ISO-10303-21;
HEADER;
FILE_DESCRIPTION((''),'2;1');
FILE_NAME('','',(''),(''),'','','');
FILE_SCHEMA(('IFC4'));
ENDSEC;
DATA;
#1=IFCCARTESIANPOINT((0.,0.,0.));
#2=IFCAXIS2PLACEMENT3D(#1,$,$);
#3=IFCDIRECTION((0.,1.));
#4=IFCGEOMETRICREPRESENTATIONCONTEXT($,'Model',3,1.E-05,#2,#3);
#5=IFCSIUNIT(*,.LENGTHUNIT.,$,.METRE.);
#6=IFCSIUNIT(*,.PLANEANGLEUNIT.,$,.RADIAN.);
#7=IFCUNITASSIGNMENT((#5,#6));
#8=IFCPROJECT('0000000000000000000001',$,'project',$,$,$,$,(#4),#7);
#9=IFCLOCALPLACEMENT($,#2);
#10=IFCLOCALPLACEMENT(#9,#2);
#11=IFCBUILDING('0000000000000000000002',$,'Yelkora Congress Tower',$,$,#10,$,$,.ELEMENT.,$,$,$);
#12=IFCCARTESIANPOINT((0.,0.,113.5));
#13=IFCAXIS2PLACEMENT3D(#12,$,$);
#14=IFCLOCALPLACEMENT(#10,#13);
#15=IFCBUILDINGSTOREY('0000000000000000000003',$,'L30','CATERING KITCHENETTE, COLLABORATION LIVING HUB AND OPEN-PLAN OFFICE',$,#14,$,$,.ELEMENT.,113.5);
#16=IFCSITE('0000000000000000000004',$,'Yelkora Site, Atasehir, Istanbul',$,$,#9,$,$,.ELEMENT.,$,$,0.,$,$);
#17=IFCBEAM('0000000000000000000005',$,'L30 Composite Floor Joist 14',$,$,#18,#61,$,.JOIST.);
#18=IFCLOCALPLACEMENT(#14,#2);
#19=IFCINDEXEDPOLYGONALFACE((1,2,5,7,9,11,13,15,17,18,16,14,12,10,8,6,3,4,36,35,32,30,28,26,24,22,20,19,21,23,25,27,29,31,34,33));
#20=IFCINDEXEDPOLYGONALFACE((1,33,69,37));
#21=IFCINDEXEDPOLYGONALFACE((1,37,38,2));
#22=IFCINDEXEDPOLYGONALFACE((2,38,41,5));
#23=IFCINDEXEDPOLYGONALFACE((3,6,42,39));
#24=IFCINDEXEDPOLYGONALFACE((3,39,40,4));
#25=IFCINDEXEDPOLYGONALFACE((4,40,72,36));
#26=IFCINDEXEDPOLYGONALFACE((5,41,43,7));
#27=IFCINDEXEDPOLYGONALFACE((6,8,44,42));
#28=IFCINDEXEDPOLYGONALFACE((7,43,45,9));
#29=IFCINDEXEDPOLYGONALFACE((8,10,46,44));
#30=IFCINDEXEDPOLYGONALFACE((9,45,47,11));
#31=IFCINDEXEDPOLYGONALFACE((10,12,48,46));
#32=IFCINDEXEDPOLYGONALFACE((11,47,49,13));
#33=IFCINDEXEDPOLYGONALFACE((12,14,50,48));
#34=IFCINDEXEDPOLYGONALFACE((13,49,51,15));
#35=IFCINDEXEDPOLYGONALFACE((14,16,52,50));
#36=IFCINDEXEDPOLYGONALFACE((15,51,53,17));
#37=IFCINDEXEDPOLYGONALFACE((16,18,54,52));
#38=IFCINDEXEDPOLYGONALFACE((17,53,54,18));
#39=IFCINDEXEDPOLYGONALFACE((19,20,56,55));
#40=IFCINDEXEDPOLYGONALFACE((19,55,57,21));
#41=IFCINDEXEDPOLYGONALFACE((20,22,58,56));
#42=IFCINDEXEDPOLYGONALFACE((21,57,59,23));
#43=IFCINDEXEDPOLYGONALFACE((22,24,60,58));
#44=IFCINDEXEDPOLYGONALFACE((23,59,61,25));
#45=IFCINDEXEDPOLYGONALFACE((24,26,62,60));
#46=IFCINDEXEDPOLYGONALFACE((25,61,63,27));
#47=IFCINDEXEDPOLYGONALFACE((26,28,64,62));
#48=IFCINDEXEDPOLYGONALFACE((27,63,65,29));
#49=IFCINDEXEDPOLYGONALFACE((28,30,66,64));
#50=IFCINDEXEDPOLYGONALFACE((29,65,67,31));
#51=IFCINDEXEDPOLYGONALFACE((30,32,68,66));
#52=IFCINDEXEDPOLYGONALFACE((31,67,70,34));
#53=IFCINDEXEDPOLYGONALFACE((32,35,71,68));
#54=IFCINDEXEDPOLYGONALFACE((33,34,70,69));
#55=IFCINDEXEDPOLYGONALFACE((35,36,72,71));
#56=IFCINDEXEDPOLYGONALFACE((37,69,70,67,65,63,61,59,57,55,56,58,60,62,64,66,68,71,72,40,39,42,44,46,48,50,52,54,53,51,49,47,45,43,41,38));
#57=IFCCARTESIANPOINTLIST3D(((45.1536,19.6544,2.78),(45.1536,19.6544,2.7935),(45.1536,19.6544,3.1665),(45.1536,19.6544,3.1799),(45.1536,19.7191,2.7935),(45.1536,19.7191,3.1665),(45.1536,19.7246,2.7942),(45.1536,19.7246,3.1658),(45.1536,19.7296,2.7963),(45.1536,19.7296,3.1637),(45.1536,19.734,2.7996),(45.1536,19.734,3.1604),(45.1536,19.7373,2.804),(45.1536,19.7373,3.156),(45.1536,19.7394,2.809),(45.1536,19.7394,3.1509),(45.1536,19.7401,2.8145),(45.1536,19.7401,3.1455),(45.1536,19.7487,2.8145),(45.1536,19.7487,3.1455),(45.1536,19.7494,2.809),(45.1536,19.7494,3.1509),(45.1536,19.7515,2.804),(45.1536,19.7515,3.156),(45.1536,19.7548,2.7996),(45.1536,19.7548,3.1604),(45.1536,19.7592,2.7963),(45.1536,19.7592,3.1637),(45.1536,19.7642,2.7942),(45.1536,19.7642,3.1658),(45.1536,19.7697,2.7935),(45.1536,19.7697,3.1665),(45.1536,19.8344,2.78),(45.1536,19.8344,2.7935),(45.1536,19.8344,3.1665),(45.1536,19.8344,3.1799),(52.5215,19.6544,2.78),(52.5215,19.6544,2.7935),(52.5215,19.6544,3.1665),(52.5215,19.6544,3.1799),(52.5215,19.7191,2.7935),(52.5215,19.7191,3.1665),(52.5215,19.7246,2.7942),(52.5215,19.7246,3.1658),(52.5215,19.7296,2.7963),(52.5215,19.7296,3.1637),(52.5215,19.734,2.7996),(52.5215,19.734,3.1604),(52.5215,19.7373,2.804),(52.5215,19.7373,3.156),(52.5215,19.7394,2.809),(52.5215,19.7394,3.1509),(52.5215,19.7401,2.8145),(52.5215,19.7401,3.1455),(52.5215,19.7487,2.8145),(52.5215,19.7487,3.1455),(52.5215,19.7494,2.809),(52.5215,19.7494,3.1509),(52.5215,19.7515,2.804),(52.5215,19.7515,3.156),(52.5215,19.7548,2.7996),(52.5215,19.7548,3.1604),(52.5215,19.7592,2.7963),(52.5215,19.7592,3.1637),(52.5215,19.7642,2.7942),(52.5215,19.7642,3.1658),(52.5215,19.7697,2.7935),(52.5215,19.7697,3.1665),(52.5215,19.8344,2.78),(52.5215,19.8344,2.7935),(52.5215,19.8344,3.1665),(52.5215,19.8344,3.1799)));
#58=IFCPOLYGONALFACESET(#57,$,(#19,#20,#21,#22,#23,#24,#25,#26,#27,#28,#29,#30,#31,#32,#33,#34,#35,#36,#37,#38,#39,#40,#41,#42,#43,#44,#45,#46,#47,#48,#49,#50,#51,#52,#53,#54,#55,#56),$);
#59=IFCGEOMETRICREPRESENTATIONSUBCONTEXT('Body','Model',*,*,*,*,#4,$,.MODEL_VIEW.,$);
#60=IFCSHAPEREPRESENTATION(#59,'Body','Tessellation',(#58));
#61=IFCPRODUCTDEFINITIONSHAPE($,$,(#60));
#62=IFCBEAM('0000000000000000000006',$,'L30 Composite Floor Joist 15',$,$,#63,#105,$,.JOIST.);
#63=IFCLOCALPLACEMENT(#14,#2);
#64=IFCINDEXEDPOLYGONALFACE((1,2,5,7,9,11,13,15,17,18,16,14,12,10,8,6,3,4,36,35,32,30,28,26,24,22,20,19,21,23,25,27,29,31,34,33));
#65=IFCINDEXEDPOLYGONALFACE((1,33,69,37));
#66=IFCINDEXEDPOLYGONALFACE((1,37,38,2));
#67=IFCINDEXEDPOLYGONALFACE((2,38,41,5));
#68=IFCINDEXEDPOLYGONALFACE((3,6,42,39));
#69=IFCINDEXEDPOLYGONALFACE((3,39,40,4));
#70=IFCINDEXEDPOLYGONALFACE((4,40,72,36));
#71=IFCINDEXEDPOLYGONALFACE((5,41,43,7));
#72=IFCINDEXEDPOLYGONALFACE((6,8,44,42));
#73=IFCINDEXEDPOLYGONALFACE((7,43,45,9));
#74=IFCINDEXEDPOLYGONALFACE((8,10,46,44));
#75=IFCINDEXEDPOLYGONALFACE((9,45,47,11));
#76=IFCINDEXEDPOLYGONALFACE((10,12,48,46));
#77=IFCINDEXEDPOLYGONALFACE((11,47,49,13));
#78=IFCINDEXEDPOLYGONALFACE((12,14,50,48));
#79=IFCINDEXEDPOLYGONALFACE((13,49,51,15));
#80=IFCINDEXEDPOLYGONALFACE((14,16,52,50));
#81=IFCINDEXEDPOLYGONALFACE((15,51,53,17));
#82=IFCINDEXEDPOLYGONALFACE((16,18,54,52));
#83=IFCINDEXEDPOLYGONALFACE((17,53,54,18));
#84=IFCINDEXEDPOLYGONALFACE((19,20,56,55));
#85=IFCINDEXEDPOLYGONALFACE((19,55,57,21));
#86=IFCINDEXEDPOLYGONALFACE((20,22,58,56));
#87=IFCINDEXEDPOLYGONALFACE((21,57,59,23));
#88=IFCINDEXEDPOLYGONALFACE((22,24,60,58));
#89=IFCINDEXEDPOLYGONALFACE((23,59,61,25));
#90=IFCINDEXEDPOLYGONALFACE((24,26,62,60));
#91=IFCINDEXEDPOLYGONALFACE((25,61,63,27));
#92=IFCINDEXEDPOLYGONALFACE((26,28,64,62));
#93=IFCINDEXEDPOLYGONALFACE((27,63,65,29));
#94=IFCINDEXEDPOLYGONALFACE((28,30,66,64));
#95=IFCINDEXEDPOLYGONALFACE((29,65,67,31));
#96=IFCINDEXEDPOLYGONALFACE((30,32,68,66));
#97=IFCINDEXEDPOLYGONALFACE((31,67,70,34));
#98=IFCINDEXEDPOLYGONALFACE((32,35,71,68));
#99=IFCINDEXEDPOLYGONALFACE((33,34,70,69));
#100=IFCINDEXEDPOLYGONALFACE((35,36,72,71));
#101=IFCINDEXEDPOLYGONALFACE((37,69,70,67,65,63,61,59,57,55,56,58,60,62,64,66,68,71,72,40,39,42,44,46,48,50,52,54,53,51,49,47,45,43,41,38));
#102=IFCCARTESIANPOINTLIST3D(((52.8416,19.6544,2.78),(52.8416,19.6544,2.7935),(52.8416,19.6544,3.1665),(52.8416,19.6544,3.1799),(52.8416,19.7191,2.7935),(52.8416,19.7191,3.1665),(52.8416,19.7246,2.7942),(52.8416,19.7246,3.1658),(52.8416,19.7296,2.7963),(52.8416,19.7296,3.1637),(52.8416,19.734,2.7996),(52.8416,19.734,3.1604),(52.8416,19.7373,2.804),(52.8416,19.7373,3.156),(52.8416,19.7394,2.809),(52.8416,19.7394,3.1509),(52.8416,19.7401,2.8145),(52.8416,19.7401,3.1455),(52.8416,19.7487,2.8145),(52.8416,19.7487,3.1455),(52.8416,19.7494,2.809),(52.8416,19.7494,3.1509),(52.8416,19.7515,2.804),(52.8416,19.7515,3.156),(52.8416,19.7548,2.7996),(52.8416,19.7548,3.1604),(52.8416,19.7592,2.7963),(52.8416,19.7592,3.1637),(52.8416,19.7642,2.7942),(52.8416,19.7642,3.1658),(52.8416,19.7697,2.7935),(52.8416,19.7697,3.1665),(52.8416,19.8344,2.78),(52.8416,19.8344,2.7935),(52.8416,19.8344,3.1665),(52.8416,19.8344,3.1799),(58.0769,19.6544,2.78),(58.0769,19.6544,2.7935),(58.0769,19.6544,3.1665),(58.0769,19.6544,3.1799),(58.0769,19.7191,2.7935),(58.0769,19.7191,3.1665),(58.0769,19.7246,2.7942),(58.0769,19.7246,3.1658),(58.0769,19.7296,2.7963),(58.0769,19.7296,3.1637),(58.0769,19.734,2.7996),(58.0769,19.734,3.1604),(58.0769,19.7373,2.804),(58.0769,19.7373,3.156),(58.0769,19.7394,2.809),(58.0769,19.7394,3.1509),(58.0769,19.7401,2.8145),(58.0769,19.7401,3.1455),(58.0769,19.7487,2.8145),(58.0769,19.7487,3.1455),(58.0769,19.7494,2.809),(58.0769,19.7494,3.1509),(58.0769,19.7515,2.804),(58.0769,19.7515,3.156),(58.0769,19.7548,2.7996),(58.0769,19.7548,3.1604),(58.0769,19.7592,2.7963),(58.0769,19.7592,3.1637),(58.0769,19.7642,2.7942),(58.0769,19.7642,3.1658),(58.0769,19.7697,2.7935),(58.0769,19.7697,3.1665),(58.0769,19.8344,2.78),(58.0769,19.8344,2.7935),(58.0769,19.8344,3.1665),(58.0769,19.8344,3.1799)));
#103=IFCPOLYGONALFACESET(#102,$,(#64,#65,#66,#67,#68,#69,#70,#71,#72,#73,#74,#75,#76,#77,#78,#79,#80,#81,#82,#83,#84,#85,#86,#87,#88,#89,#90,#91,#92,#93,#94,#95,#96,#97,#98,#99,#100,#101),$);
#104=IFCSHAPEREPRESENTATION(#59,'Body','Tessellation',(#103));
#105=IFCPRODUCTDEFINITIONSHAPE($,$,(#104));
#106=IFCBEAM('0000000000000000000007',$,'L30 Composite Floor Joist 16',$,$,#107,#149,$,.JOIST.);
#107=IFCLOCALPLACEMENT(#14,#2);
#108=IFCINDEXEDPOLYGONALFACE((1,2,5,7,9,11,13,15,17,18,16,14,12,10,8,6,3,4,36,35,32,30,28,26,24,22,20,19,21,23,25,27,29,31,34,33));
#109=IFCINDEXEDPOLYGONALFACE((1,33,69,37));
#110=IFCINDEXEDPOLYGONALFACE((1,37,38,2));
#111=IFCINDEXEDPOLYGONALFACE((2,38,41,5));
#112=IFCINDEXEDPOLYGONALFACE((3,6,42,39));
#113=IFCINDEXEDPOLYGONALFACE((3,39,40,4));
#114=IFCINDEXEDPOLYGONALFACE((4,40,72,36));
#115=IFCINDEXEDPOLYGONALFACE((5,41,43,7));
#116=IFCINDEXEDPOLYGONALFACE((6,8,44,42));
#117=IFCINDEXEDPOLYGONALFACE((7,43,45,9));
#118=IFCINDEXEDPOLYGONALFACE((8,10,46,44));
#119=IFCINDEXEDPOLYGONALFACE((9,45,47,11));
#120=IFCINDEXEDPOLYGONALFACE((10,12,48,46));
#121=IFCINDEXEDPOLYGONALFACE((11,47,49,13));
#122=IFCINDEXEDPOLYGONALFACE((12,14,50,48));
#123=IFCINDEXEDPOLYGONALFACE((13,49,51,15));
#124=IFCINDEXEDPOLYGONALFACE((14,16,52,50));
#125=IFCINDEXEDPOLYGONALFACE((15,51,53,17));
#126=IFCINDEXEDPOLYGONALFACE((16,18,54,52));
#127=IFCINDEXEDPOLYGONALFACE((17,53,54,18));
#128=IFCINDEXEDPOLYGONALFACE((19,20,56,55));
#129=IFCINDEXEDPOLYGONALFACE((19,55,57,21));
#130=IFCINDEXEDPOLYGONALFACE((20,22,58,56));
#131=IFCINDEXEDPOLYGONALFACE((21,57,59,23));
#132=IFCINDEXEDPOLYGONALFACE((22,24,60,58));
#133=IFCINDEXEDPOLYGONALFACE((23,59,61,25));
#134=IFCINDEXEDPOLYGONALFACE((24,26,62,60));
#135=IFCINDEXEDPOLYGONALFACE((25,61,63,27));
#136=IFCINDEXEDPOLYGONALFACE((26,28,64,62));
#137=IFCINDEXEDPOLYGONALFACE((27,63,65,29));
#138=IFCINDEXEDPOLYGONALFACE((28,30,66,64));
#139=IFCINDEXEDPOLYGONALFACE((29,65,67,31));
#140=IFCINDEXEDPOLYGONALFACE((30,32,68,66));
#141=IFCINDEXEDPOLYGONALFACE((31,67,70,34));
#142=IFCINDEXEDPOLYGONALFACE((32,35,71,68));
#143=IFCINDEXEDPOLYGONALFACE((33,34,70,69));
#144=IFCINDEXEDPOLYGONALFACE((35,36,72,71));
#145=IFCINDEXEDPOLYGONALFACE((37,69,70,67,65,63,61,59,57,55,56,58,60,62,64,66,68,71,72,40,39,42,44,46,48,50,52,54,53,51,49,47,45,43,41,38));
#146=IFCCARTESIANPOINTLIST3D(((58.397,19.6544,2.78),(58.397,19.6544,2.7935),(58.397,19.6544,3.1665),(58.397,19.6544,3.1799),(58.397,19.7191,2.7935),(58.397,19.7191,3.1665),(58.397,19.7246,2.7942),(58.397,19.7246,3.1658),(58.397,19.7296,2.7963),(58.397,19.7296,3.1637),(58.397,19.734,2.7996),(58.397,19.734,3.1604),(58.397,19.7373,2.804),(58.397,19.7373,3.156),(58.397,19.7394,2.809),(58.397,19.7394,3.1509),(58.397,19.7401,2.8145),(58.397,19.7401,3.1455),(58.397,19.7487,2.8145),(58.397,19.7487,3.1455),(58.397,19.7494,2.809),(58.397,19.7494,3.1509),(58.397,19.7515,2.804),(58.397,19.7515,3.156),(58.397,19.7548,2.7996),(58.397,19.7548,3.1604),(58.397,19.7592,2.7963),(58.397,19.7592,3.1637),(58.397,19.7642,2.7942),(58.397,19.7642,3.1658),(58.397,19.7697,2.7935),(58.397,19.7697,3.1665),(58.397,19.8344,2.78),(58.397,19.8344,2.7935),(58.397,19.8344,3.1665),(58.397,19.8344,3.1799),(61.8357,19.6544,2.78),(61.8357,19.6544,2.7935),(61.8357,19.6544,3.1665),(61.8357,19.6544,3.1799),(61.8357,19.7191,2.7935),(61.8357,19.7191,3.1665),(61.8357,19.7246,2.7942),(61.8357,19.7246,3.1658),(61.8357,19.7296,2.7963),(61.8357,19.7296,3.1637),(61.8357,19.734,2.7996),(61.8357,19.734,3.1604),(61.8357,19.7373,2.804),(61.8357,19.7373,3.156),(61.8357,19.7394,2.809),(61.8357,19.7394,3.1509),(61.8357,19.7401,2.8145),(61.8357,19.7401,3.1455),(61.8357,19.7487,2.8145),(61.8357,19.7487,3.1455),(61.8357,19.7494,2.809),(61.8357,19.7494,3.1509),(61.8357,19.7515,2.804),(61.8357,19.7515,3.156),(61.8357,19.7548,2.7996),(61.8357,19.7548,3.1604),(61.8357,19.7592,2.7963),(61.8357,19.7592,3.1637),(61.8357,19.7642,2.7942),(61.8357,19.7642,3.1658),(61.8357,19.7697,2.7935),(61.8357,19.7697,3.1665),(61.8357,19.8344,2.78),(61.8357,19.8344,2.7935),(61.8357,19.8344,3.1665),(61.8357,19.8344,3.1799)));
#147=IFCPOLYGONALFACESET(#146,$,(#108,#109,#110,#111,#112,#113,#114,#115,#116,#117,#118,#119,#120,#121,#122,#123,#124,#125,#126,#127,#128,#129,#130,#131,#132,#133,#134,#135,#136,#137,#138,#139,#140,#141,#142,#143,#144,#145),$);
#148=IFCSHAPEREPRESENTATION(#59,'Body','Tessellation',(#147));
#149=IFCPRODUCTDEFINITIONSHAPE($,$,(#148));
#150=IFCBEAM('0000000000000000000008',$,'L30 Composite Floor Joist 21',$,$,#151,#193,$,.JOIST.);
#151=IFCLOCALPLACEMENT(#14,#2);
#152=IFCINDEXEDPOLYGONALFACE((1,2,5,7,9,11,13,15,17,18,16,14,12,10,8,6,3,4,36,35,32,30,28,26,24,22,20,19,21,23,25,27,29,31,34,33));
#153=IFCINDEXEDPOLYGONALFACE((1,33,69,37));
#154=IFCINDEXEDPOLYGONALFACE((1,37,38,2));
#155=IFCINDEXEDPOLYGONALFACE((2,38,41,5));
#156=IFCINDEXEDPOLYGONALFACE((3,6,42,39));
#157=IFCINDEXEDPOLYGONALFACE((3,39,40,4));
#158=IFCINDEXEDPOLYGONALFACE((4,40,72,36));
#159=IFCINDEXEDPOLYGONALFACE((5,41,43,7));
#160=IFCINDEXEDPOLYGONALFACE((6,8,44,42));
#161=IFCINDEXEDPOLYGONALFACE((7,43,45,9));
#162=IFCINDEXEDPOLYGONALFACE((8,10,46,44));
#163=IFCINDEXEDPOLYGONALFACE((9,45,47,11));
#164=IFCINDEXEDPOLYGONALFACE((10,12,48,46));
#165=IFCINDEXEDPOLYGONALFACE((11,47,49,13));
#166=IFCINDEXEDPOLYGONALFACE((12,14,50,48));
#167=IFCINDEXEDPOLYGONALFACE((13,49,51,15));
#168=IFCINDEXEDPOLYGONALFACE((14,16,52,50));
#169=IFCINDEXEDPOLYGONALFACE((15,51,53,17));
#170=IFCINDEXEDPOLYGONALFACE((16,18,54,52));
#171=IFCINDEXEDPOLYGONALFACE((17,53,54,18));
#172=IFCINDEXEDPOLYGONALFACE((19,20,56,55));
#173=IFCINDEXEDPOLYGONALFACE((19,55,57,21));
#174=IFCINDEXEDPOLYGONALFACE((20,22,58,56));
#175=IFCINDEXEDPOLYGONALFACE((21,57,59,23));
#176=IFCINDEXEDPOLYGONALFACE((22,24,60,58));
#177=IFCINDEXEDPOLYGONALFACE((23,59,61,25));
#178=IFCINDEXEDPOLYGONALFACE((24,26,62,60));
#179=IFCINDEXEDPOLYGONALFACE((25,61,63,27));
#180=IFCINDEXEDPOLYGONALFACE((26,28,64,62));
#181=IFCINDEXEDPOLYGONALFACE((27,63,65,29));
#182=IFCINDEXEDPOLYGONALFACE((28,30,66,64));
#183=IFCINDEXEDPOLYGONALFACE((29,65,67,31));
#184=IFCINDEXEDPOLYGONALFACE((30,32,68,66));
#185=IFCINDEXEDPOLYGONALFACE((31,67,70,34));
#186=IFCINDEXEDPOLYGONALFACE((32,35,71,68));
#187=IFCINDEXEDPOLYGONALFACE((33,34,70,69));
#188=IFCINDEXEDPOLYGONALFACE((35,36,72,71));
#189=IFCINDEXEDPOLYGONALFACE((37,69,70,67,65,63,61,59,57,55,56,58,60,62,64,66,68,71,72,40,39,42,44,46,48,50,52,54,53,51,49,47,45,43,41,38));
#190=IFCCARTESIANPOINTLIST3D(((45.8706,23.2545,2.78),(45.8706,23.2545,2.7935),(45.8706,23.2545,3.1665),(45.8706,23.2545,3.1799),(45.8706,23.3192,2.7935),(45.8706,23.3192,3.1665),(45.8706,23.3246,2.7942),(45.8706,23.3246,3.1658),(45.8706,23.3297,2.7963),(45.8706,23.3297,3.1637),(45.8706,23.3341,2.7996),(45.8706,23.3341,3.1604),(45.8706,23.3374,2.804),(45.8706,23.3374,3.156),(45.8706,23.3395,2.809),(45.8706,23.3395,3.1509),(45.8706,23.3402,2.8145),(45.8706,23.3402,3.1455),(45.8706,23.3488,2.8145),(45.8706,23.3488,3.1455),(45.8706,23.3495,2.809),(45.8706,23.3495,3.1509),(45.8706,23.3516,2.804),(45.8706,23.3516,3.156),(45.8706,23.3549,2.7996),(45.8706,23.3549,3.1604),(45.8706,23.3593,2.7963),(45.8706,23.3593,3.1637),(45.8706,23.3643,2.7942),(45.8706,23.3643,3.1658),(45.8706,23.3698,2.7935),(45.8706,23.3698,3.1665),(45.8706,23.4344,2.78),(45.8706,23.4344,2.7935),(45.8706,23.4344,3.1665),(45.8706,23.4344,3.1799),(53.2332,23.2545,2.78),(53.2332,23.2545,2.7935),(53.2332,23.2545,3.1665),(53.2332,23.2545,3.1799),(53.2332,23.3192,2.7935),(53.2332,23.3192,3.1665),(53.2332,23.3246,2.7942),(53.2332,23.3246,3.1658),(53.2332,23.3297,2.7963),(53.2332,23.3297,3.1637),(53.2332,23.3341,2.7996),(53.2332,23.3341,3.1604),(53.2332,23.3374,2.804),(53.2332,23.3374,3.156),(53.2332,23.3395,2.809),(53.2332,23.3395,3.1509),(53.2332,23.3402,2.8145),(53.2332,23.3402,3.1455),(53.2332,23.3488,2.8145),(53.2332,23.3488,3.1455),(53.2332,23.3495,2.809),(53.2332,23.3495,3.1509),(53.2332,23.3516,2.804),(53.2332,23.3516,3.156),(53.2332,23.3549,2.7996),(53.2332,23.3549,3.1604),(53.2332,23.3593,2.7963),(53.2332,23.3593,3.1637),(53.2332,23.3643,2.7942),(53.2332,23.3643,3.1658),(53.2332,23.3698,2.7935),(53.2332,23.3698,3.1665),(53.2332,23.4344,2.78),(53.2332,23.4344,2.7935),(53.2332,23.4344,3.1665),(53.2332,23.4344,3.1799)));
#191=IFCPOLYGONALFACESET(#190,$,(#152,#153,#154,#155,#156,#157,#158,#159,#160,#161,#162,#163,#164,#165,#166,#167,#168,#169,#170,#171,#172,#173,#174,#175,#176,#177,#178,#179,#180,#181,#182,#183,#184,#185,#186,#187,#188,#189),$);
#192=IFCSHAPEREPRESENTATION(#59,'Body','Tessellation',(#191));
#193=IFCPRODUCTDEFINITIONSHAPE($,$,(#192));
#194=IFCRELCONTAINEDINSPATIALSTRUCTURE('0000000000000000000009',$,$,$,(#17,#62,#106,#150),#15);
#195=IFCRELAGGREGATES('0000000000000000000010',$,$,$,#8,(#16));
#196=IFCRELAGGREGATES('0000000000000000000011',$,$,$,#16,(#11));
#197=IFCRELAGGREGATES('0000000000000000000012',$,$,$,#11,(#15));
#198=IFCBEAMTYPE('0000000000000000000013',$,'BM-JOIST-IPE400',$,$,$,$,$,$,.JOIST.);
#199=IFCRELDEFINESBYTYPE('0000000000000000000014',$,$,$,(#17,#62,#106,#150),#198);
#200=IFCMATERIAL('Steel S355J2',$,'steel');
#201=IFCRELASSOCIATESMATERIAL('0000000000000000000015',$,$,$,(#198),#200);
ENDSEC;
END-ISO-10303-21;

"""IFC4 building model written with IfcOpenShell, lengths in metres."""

from ifc_helpers import new_model, si_unit, direction, frame, origin, origin_2d, place, context, subcontext, project, spatial, i_section, extrude, material, material_profile, profile_set, type_object, element, save


model = new_model("IFC4")

# Units and contexts
model_context = context("Model", 3, precision=1e-05, world=origin(), true_north=direction((0.0, 1.0)))
body_context = subcontext(model_context, "Body", "Model", "MODEL_VIEW")
ifc_project = project(units=[si_unit("LENGTHUNIT", "METRE"), si_unit("PLANEANGLEUNIT", "RADIAN")], contexts=[model_context])

# Site, building, storey
site_placement = place(None, origin())
site = spatial("IfcSite", under=ifc_project, at=site_placement, Name="Yelkora Site, Atasehir, Istanbul", CompositionType="ELEMENT", RefElevation=0.0)
building_placement = place(site_placement, origin())
building = spatial("IfcBuilding", under=site, at=building_placement, Name="Yelkora Congress Tower", CompositionType="ELEMENT")
storey_placement = place(building_placement, frame((0.0, 0.0, 113.5)))
storey = spatial("IfcBuildingStorey", under=building, at=storey_placement, Name="L30", Description="CATERING KITCHENETTE, COLLABORATION LIVING HUB AND OPEN-PLAN OFFICE", CompositionType="ELEMENT", Elevation=113.5)

# Beams
ifc_material_1 = material(Name="Steel S355J2", Category="steel")
ifc_material_profile_1 = material_profile(ifc_material_1, i_section(OverallWidth=0.1799, OverallDepth=0.3999, WebThickness=0.0085, FlangeThickness=0.0134, FilletRadius=0.021, at=origin_2d()), Name="IPE 400")
ifc_profile_set_1 = profile_set([ifc_material_profile_1], Name="Steel S355J2")
beam_type_1 = type_object("IfcBeamType", Name="BM-JOIST-IPE400", PredefinedType="JOIST", material=ifc_profile_set_1)
beam_1_placement = place(storey_placement, frame((45.1536, 19.7444, 2.98), z_axis=(1.0, 0.0, 0.0), x_axis=(0.0, 1.0, 0.0)))
element("IfcBeam", 1, at=beam_1_placement, inside=storey, type_object=beam_type_1, Name="L30 Composite Floor Joist 14", PredefinedType="JOIST", context=body_context, shape_type="SweptSolid", body=[
    extrude(i_section(OverallWidth=0.1799, OverallDepth=0.3999, WebThickness=0.0085, FlangeThickness=0.0134, FilletRadius=0.021, at=origin_2d()), origin(), (0.0, 0.0, 1.0), 7.3679),
])
beam_2_placement = place(storey_placement, frame((52.8416, 19.7444, 2.98), z_axis=(1.0, 0.0, 0.0), x_axis=(0.0, 1.0, 0.0)))
element("IfcBeam", 2, at=beam_2_placement, inside=storey, type_object=beam_type_1, Name="L30 Composite Floor Joist 15", PredefinedType="JOIST", context=body_context, shape_type="SweptSolid", body=[
    extrude(i_section(OverallWidth=0.1799, OverallDepth=0.3999, WebThickness=0.0085, FlangeThickness=0.0134, FilletRadius=0.021, at=origin_2d()), origin(), (0.0, 0.0, 1.0), 5.2354),
])
beam_3_placement = place(storey_placement, frame((58.397, 19.7444, 2.98), z_axis=(1.0, 0.0, 0.0), x_axis=(0.0, 1.0, 0.0)))
element("IfcBeam", 3, at=beam_3_placement, inside=storey, type_object=beam_type_1, Name="L30 Composite Floor Joist 16", PredefinedType="JOIST", context=body_context, shape_type="SweptSolid", body=[
    extrude(i_section(OverallWidth=0.1799, OverallDepth=0.3999, WebThickness=0.0085, FlangeThickness=0.0134, FilletRadius=0.021, at=origin_2d()), origin(), (0.0, 0.0, 1.0), 3.4387),
])
beam_4_placement = place(storey_placement, frame((45.8706, 23.3445, 2.98), z_axis=(1.0, 0.0, 0.0), x_axis=(0.0, 1.0, 0.0)))
element("IfcBeam", 4, at=beam_4_placement, inside=storey, type_object=beam_type_1, Name="L30 Composite Floor Joist 21", PredefinedType="JOIST", context=body_context, shape_type="SweptSolid", body=[
    extrude(i_section(OverallWidth=0.1799, OverallDepth=0.3999, WebThickness=0.0085, FlangeThickness=0.0134, FilletRadius=0.021, at=origin_2d()), origin(), (0.0, 0.0, 1.0), 7.3625),
])

save(model, "model.ifc")
